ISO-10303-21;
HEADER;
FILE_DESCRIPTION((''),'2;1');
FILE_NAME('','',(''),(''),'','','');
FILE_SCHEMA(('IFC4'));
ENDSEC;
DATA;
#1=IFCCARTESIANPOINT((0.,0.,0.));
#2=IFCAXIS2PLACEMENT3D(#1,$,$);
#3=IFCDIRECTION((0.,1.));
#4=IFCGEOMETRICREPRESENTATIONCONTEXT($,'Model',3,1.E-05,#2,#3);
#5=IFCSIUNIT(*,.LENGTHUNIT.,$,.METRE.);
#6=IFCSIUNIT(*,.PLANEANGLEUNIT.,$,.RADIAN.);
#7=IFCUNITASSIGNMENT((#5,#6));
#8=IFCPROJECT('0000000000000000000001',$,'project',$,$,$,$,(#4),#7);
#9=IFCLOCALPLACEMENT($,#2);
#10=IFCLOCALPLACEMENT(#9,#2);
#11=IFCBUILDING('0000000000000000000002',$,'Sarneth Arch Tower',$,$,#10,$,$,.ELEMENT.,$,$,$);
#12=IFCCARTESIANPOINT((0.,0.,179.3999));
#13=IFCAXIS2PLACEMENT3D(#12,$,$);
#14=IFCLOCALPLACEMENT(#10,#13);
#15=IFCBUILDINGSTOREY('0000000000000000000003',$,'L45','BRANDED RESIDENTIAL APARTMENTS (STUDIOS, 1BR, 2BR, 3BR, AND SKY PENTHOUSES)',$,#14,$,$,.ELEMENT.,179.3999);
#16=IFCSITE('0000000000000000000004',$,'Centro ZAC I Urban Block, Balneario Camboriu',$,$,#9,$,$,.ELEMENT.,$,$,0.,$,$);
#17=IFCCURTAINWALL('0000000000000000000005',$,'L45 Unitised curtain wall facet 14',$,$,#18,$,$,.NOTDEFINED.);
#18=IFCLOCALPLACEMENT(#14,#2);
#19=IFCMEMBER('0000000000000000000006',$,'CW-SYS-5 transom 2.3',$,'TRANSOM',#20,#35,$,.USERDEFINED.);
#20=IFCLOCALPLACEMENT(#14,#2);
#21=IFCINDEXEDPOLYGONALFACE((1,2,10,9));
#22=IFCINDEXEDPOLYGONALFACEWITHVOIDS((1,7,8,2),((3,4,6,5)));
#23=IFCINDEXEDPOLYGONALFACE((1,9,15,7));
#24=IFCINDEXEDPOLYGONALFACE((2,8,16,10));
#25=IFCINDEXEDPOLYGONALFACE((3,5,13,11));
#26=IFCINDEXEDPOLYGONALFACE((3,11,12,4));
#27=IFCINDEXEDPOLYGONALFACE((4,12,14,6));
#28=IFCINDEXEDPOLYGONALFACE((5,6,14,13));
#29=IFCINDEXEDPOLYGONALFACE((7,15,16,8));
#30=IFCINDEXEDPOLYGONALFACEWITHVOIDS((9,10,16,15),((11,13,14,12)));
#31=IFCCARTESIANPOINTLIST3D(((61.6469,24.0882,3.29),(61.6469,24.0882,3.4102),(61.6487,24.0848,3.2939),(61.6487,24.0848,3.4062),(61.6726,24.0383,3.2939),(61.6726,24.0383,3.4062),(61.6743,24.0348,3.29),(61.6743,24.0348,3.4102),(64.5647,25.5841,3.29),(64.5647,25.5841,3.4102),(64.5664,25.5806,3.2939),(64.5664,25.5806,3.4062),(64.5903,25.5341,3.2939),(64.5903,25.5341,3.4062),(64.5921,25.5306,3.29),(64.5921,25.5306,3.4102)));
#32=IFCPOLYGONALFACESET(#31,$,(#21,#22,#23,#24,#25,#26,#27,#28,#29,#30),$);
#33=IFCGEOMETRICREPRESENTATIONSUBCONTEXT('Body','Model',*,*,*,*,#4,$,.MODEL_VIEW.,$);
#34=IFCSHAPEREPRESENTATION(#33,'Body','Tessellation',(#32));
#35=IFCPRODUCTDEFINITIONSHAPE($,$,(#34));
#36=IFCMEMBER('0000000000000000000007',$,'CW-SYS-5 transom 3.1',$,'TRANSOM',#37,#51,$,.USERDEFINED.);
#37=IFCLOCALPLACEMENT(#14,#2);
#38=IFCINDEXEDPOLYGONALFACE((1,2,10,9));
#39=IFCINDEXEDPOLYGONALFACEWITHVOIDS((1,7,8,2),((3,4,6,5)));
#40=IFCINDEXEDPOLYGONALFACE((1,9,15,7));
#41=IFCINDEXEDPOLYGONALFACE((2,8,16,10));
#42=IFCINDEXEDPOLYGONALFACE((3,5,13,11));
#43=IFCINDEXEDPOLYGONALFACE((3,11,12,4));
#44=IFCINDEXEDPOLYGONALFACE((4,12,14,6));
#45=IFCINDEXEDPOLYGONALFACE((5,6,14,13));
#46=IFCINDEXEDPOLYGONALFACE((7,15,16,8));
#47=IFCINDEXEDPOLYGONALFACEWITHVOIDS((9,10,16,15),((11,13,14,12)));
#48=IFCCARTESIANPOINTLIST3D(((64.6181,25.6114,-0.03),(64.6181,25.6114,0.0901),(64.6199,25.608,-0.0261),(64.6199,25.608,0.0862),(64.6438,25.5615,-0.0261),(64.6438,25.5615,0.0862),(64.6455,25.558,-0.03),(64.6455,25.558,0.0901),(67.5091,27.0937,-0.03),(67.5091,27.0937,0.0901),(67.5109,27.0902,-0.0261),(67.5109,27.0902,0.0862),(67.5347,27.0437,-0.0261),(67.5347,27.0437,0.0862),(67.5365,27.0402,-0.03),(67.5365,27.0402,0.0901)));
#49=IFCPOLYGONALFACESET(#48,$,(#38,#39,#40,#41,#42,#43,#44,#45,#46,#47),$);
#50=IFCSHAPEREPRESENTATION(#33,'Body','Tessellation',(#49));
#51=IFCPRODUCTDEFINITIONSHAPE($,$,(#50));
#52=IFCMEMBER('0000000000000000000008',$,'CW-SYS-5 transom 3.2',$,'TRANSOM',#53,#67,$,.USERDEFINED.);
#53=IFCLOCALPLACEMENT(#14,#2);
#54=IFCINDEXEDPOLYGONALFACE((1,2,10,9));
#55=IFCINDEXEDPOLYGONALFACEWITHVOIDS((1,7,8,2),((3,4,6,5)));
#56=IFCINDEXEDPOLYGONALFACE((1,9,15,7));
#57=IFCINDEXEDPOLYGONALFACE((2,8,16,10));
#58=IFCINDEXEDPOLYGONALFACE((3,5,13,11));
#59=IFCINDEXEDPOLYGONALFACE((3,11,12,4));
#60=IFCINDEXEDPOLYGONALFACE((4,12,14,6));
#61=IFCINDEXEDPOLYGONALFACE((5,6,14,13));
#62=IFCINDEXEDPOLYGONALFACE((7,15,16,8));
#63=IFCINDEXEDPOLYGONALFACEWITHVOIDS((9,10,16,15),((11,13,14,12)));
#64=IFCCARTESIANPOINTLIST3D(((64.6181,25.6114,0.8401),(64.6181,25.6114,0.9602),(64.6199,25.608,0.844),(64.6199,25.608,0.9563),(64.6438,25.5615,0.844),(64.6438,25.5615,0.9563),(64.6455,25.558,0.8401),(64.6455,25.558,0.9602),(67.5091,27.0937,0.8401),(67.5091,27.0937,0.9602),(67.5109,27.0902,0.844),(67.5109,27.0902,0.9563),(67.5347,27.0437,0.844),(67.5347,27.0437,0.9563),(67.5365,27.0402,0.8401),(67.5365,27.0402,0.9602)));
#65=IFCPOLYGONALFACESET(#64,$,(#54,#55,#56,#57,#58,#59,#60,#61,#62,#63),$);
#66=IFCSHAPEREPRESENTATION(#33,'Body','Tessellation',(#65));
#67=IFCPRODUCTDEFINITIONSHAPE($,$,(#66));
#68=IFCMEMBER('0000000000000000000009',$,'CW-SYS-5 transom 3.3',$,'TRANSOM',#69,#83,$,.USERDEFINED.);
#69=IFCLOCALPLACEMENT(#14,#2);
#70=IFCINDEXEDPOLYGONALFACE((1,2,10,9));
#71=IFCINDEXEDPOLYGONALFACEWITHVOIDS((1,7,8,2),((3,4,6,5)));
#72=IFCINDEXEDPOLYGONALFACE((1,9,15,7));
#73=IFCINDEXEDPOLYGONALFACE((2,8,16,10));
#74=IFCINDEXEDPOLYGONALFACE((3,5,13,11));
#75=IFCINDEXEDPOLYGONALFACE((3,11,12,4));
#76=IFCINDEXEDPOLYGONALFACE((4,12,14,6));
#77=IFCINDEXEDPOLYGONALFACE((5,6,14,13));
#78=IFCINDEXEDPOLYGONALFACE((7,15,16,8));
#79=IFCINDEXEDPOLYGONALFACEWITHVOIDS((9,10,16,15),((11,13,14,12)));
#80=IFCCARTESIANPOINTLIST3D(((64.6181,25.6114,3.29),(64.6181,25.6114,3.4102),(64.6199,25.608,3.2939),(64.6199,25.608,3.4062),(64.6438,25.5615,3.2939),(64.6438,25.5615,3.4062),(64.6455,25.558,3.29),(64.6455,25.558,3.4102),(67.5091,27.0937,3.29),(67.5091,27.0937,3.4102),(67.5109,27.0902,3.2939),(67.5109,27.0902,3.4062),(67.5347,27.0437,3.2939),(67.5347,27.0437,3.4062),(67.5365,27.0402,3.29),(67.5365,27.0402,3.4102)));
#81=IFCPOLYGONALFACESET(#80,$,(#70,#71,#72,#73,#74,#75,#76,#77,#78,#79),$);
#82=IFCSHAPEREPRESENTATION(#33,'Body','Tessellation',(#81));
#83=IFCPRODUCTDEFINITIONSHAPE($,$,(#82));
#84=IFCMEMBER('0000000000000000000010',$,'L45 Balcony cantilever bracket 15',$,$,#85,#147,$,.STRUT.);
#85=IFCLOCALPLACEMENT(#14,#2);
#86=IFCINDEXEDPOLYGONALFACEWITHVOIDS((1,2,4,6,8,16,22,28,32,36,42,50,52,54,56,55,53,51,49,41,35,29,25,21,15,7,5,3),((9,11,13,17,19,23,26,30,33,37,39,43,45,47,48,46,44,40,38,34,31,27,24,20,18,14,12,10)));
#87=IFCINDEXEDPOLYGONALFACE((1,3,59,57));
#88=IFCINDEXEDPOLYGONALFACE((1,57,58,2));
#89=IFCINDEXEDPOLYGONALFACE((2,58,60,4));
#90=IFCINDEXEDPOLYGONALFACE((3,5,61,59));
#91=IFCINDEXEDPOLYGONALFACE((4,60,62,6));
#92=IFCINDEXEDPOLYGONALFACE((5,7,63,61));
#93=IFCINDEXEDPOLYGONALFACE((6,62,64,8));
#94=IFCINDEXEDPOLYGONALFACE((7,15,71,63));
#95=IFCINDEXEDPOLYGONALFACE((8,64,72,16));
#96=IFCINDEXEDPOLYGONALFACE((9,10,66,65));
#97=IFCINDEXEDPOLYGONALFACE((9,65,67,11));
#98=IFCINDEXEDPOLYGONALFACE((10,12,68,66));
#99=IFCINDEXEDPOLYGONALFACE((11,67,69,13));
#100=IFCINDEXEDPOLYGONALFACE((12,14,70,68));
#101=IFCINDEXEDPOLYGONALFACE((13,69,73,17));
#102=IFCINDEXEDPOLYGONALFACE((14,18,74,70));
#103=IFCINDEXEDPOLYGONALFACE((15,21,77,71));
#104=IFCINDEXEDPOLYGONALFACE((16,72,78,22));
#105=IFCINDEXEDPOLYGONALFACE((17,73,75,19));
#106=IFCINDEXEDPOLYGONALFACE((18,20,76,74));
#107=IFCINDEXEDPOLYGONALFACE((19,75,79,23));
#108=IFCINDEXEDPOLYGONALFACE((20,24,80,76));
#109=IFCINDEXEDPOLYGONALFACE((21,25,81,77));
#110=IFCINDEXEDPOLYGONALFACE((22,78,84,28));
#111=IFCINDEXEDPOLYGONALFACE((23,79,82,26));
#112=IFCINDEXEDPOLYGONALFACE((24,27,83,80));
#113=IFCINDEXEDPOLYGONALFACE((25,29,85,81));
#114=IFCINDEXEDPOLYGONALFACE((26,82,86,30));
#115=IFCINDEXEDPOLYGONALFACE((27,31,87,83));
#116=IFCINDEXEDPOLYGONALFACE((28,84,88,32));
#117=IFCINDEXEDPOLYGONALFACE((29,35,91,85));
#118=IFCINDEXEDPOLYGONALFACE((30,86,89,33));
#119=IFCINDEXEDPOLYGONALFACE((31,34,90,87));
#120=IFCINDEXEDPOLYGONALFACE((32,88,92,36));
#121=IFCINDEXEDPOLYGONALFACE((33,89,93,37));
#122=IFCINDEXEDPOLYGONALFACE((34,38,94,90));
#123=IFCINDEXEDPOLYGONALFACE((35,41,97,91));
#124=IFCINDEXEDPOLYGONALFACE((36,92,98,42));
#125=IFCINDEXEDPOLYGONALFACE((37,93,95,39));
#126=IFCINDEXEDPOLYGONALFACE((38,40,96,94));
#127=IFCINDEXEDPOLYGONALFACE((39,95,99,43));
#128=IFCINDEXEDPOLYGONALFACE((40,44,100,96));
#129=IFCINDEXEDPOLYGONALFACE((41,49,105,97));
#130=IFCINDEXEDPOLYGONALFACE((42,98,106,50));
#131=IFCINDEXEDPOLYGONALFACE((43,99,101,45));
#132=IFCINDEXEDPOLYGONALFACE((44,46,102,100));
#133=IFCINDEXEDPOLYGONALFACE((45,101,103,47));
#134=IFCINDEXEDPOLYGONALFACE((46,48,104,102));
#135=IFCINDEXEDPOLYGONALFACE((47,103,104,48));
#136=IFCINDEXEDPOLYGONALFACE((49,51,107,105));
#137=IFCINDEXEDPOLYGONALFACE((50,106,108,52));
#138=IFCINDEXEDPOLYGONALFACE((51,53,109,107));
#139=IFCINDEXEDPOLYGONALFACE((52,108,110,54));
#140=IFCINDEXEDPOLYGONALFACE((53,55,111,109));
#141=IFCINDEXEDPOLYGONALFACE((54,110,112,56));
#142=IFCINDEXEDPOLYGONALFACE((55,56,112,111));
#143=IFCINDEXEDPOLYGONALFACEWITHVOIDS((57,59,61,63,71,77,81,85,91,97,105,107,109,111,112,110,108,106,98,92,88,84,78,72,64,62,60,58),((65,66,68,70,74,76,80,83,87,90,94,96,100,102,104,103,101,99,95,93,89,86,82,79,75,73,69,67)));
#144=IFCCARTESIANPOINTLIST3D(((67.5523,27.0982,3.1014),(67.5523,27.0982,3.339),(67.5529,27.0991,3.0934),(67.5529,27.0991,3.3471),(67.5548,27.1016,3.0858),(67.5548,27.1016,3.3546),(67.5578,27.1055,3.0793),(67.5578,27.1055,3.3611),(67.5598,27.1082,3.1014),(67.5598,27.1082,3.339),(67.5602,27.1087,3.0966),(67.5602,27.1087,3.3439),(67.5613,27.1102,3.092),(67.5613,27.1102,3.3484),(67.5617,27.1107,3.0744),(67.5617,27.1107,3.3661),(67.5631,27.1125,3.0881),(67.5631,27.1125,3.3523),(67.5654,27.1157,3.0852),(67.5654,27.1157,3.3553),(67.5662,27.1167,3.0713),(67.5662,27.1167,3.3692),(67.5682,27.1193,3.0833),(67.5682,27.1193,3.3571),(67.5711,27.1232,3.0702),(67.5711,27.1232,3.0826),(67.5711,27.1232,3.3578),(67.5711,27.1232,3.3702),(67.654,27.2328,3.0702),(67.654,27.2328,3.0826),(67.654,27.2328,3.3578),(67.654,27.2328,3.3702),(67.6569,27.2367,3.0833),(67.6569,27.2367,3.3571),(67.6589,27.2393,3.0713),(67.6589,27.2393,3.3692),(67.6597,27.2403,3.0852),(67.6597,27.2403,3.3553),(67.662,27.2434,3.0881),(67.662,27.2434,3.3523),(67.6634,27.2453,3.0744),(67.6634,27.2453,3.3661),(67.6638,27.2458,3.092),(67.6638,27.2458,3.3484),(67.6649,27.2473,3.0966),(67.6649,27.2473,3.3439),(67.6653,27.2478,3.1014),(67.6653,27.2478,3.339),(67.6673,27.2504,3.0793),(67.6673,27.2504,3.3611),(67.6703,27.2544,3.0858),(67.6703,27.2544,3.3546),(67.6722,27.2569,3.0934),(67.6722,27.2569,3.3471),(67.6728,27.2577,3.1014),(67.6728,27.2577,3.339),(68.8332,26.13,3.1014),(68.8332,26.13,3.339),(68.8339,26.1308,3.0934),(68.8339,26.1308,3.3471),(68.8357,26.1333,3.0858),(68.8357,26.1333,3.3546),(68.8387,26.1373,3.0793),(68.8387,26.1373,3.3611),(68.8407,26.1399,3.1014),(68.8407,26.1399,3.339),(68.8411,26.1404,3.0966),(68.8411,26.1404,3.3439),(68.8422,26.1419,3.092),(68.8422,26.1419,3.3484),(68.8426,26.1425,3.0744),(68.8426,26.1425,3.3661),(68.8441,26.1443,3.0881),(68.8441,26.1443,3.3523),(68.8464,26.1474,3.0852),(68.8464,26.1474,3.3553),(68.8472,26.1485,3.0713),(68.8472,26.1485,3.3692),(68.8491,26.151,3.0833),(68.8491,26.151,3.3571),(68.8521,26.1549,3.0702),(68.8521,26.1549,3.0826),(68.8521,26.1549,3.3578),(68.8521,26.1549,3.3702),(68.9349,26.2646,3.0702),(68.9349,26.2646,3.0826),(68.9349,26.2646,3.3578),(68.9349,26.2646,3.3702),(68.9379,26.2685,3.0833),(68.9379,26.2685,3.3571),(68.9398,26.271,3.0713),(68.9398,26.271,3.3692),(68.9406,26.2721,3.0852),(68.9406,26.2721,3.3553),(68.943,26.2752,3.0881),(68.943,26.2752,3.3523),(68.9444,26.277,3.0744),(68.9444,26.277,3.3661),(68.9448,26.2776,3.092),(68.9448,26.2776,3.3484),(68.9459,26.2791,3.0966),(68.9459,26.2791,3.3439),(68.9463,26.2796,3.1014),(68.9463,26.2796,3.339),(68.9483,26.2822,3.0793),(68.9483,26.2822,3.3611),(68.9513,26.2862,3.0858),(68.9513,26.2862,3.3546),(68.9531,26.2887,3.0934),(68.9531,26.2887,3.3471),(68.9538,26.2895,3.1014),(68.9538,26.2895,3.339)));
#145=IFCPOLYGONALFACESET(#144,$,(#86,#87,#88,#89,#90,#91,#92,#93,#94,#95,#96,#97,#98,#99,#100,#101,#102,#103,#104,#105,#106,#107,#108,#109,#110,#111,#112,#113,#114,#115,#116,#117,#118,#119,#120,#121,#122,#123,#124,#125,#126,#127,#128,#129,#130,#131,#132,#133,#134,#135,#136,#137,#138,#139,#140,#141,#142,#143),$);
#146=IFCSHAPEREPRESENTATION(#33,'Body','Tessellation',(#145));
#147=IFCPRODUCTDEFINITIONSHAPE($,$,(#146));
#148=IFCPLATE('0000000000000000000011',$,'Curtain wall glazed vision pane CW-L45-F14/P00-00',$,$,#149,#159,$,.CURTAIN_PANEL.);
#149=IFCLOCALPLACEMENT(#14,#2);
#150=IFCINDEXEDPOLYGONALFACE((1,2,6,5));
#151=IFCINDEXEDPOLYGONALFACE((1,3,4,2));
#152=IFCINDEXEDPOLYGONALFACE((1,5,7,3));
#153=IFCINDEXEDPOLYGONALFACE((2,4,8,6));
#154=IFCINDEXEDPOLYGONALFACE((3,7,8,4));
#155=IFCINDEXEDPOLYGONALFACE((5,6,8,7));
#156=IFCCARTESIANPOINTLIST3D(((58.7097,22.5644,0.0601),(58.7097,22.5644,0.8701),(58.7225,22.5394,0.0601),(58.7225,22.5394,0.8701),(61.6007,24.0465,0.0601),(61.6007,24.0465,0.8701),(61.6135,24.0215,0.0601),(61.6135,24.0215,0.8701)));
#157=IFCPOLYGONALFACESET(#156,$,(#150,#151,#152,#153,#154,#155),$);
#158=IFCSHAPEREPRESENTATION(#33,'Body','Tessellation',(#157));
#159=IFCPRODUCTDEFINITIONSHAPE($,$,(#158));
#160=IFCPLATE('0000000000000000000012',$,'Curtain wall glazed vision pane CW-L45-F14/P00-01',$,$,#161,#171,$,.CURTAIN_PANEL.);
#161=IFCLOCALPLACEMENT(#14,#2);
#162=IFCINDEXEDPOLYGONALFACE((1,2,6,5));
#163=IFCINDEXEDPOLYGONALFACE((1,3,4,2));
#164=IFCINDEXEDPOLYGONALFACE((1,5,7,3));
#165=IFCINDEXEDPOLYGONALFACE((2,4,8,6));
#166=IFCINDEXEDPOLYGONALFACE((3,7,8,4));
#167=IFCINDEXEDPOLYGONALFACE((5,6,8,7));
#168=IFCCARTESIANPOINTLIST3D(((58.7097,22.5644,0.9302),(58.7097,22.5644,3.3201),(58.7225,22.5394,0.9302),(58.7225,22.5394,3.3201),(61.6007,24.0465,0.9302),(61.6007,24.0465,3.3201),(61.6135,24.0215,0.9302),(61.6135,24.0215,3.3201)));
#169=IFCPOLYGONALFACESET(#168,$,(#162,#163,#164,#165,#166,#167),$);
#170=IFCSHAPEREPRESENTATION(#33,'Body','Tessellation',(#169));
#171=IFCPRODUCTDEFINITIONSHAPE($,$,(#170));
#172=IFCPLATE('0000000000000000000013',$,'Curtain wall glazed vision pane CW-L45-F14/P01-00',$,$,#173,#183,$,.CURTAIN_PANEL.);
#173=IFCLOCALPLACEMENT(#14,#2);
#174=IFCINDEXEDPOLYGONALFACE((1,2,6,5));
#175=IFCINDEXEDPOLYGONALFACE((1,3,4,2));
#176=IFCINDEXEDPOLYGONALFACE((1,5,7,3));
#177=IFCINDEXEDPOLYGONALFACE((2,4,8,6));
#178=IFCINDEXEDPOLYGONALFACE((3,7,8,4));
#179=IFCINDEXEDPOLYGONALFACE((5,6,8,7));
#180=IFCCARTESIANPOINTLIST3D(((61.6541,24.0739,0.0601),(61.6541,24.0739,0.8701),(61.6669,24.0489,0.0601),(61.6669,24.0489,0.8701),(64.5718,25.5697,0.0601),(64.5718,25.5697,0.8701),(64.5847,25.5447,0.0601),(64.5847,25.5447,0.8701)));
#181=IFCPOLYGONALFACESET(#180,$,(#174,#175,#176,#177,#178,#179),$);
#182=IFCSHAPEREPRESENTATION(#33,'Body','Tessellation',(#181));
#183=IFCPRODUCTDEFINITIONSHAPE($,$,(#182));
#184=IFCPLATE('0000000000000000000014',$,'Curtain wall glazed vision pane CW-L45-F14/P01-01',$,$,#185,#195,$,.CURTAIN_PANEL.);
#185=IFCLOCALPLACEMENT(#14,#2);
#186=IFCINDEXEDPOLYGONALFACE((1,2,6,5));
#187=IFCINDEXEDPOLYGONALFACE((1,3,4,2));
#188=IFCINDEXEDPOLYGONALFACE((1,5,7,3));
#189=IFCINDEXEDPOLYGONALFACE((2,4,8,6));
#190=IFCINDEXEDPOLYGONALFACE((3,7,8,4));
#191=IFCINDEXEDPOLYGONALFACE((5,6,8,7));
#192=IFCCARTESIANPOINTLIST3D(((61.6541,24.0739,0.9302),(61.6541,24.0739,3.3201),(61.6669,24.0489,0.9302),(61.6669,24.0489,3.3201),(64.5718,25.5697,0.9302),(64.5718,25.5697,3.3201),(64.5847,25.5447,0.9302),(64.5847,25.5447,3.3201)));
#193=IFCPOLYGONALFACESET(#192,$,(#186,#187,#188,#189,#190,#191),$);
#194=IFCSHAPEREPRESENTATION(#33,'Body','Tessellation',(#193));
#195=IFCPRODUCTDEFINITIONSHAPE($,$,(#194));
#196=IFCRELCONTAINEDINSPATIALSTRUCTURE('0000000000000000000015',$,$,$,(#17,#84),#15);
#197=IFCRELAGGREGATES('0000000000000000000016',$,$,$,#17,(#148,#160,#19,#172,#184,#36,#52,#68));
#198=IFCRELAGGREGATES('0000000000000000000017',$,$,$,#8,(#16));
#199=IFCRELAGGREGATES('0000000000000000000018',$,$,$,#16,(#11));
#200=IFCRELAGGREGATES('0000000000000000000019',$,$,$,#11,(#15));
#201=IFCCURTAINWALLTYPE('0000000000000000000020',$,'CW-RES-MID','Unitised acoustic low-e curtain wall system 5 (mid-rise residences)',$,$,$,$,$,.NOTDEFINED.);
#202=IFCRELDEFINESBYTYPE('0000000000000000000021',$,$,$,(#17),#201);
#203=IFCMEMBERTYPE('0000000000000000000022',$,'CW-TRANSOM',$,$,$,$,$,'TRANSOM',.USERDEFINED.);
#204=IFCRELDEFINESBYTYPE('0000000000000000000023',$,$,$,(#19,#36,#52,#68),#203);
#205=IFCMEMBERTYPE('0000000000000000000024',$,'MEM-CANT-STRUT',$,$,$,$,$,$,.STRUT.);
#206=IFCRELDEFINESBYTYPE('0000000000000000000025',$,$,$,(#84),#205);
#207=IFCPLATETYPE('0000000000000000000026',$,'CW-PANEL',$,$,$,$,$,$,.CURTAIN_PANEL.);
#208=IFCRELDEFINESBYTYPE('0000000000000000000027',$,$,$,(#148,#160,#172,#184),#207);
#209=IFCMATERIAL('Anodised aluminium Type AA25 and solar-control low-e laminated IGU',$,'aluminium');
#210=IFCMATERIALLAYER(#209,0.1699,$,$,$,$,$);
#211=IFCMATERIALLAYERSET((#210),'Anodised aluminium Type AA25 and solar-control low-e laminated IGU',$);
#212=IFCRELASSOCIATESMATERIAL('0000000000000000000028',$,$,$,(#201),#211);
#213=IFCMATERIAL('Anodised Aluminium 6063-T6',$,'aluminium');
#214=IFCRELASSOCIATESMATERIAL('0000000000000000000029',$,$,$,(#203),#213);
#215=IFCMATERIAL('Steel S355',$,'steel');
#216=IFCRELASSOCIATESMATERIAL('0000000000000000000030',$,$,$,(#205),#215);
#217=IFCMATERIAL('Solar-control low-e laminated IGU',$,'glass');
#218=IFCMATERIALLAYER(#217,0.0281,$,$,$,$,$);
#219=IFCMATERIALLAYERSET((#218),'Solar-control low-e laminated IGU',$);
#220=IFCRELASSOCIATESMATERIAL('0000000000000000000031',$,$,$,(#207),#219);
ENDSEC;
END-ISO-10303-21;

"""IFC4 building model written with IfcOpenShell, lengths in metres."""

from ifc_helpers import new_model, si_unit, direction, frame, origin, origin_2d, place, context, subcontext, project, spatial, rectangle, hollow_rectangle, extrude, material, layer, layer_set, material_profile, profile_set, type_object, element, aggregate, save


model = new_model("IFC4")

# Units and contexts
model_context = context("Model", 3, precision=1e-05, world=origin(), true_north=direction((0.0, 1.0)))
body_context = subcontext(model_context, "Body", "Model", "MODEL_VIEW")
ifc_project = project(units=[si_unit("LENGTHUNIT", "METRE"), si_unit("PLANEANGLEUNIT", "RADIAN")], contexts=[model_context])

# Site, building, storey
site_placement = place(None, origin())
site = spatial("IfcSite", under=ifc_project, at=site_placement, Name="Centro ZAC I Urban Block, Balneario Camboriu", CompositionType="ELEMENT", RefElevation=0.0)
building_placement = place(site_placement, origin())
building = spatial("IfcBuilding", under=site, at=building_placement, Name="Sarneth Arch Tower", CompositionType="ELEMENT")
storey_placement = place(building_placement, frame((0.0, 0.0, 179.3999)))
storey = spatial("IfcBuildingStorey", under=building, at=storey_placement, Name="L45", Description="BRANDED RESIDENTIAL APARTMENTS (STUDIOS, 1BR, 2BR, 3BR, AND SKY PENTHOUSES)", CompositionType="ELEMENT", Elevation=179.3999)

# Curtain wall, members
ifc_material_1 = material(Name="Anodised aluminium Type AA25 and solar-control low-e laminated IGU", Category="aluminium")
ifc_layer_1 = layer(ifc_material_1, 0.1699)
ifc_layer_set_1 = layer_set([ifc_layer_1], Name="Anodised aluminium Type AA25 and solar-control low-e laminated IGU")
curtain_wall_type = type_object("IfcCurtainWallType", Name="CW-RES-MID", Description="Unitised acoustic low-e curtain wall system 5 (mid-rise residences)", PredefinedType="NOTDEFINED", material=ifc_layer_set_1)
curtain_wall_placement = place(storey_placement, origin())
curtain_wall = element("IfcCurtainWall", 1, at=curtain_wall_placement, inside=storey, type_object=curtain_wall_type, Name="L45 Unitised curtain wall facet 14", PredefinedType="NOTDEFINED")
ifc_material_2 = material(Name="Anodised Aluminium 6063-T6", Category="aluminium")
ifc_material_profile_1 = material_profile(ifc_material_2, hollow_rectangle(XDim=0.0601, YDim=0.1201, WallThickness=0.0039, at=origin_2d()), Name="AL-TRAN-120x60x4")
ifc_profile_set_1 = profile_set([ifc_material_profile_1], Name="Anodised Aluminium 6063-T6")
member_type_1 = type_object("IfcMemberType", Name="CW-TRANSOM", ElementType="TRANSOM", PredefinedType="USERDEFINED", material=ifc_profile_set_1)
member_1_placement = place(storey_placement, frame((61.6606, 24.0615, 3.3501), z_axis=(0.889869, 0.456215, 0.0), x_axis=(-0.456215, 0.889869, 0.0)))
member_1 = element("IfcMember", 2, at=member_1_placement, type_object=member_type_1, Name="CW-SYS-5 transom 2.3", ObjectType="TRANSOM", PredefinedType="USERDEFINED", context=body_context, shape_type="SweptSolid", body=[
    extrude(hollow_rectangle(XDim=0.0601, YDim=0.1201, WallThickness=0.0039, at=origin_2d()), origin(), (0.0, 0.0, 1.0), 3.2788),
])
member_2_placement = place(storey_placement, frame((64.6318, 25.5847, 0.03), z_axis=(0.889857, 0.456239, 0.0), x_axis=(-0.456239, 0.889857, 0.0)))
member_2 = element("IfcMember", 3, at=member_2_placement, type_object=member_type_1, Name="CW-SYS-5 transom 3.1", ObjectType="TRANSOM", PredefinedType="USERDEFINED", context=body_context, shape_type="SweptSolid", body=[
    extrude(hollow_rectangle(XDim=0.0601, YDim=0.1201, WallThickness=0.0039, at=origin_2d()), origin(), (0.0, 0.0, 1.0), 3.2488),
])
member_3_placement = place(storey_placement, frame((64.6318, 25.5847, 0.9001), z_axis=(0.889857, 0.456239, 0.0), x_axis=(-0.456239, 0.889857, 0.0)))
member_3 = element("IfcMember", 4, at=member_3_placement, type_object=member_type_1, Name="CW-SYS-5 transom 3.2", ObjectType="TRANSOM", PredefinedType="USERDEFINED", context=body_context, shape_type="SweptSolid", body=[
    extrude(hollow_rectangle(XDim=0.0601, YDim=0.1201, WallThickness=0.0039, at=origin_2d()), origin(), (0.0, 0.0, 1.0), 3.2488),
])
member_4_placement = place(storey_placement, frame((64.6318, 25.5847, 3.3501), z_axis=(0.889857, 0.456239, 0.0), x_axis=(-0.456239, 0.889857, 0.0)))
member_4 = element("IfcMember", 5, at=member_4_placement, type_object=member_type_1, Name="CW-SYS-5 transom 3.3", ObjectType="TRANSOM", PredefinedType="USERDEFINED", context=body_context, shape_type="SweptSolid", body=[
    extrude(hollow_rectangle(XDim=0.0601, YDim=0.1201, WallThickness=0.0039, at=origin_2d()), origin(), (0.0, 0.0, 1.0), 3.2488),
])

# Member
ifc_material_3 = material(Name="Steel S355", Category="steel")
ifc_material_profile_2 = material_profile(ifc_material_3, hollow_rectangle(XDim=0.2, YDim=0.3, WallThickness=0.0125, InnerFilletRadius=0.0188, OuterFilletRadius=0.0312, at=origin_2d()), Name="RHS300x200x12.5")
ifc_profile_set_2 = profile_set([ifc_material_profile_2], Name="Steel S355")
member_type_2 = type_object("IfcMemberType", Name="MEM-CANT-STRUT", PredefinedType="STRUT", material=ifc_profile_set_2)
member_5_placement = place(storey_placement, frame((67.6125, 27.178, 3.2202), z_axis=(0.79775, -0.602988, 0.0), x_axis=(0.602988, 0.79775, 0.0)))
element("IfcMember", 6, at=member_5_placement, inside=storey, type_object=member_type_2, Name="L45 Balcony cantilever bracket 15", PredefinedType="STRUT", context=body_context, shape_type="SweptSolid", body=[
    extrude(hollow_rectangle(XDim=0.2, YDim=0.3, WallThickness=0.0125, InnerFilletRadius=0.0188, OuterFilletRadius=0.0312, at=origin_2d()), origin(), (0.0, 0.0, 1.0), 1.6057),
])

# Plates
ifc_material_4 = material(Name="Solar-control low-e laminated IGU", Category="glass")
ifc_layer_2 = layer(ifc_material_4, 0.0281)
ifc_layer_set_2 = layer_set([ifc_layer_2], Name="Solar-control low-e laminated IGU")
plate_type_1 = type_object("IfcPlateType", Name="CW-PANEL", PredefinedType="CURTAIN_PANEL", material=ifc_layer_set_2)
plate_1_placement = place(storey_placement, frame((60.1616, 23.293, 0.0601), z_axis=(0.0, 0.0, 1.0), x_axis=(0.889873, 0.456208, 0.0)))
plate_1 = element("IfcPlate", 7, at=plate_1_placement, type_object=plate_type_1, Name="Curtain wall glazed vision pane CW-L45-F14/P00-00", PredefinedType="CURTAIN_PANEL", context=body_context, shape_type="SweptSolid", body=[
    extrude(rectangle(XDim=3.2488, YDim=0.0281, at=origin_2d()), origin(), (0.0, 0.0, 1.0), 0.8101),
])
plate_2_placement = place(storey_placement, frame((60.1616, 23.293, 0.9302), z_axis=(0.0, 0.0, 1.0), x_axis=(0.889873, 0.456208, 0.0)))
plate_2 = element("IfcPlate", 8, at=plate_2_placement, type_object=plate_type_1, Name="Curtain wall glazed vision pane CW-L45-F14/P00-01", PredefinedType="CURTAIN_PANEL", context=body_context, shape_type="SweptSolid", body=[
    extrude(rectangle(XDim=3.2488, YDim=0.0281, at=origin_2d()), origin(), (0.0, 0.0, 1.0), 2.3899),
])
plate_3_placement = place(storey_placement, frame((63.1194, 24.8093, 0.0601), z_axis=(0.0, 0.0, 1.0), x_axis=(0.889873, 0.456208, 0.0)))
plate_3 = element("IfcPlate", 9, at=plate_3_placement, type_object=plate_type_1, Name="Curtain wall glazed vision pane CW-L45-F14/P01-00", PredefinedType="CURTAIN_PANEL", context=body_context, shape_type="SweptSolid", body=[
    extrude(rectangle(XDim=3.2788, YDim=0.0281, at=origin_2d()), origin(), (0.0, 0.0, 1.0), 0.8101),
])
plate_4_placement = place(storey_placement, frame((63.1194, 24.8093, 0.9302), z_axis=(0.0, 0.0, 1.0), x_axis=(0.889873, 0.456208, 0.0)))
plate_4 = element("IfcPlate", 10, at=plate_4_placement, type_object=plate_type_1, Name="Curtain wall glazed vision pane CW-L45-F14/P01-01", PredefinedType="CURTAIN_PANEL", context=body_context, shape_type="SweptSolid", body=[
    extrude(rectangle(XDim=3.2788, YDim=0.0281, at=origin_2d()), origin(), (0.0, 0.0, 1.0), 2.3899),
])
aggregate(curtain_wall, [plate_1, plate_2, member_1, plate_3, plate_4, member_2, member_3, member_4])

save(model, "model.ifc")
